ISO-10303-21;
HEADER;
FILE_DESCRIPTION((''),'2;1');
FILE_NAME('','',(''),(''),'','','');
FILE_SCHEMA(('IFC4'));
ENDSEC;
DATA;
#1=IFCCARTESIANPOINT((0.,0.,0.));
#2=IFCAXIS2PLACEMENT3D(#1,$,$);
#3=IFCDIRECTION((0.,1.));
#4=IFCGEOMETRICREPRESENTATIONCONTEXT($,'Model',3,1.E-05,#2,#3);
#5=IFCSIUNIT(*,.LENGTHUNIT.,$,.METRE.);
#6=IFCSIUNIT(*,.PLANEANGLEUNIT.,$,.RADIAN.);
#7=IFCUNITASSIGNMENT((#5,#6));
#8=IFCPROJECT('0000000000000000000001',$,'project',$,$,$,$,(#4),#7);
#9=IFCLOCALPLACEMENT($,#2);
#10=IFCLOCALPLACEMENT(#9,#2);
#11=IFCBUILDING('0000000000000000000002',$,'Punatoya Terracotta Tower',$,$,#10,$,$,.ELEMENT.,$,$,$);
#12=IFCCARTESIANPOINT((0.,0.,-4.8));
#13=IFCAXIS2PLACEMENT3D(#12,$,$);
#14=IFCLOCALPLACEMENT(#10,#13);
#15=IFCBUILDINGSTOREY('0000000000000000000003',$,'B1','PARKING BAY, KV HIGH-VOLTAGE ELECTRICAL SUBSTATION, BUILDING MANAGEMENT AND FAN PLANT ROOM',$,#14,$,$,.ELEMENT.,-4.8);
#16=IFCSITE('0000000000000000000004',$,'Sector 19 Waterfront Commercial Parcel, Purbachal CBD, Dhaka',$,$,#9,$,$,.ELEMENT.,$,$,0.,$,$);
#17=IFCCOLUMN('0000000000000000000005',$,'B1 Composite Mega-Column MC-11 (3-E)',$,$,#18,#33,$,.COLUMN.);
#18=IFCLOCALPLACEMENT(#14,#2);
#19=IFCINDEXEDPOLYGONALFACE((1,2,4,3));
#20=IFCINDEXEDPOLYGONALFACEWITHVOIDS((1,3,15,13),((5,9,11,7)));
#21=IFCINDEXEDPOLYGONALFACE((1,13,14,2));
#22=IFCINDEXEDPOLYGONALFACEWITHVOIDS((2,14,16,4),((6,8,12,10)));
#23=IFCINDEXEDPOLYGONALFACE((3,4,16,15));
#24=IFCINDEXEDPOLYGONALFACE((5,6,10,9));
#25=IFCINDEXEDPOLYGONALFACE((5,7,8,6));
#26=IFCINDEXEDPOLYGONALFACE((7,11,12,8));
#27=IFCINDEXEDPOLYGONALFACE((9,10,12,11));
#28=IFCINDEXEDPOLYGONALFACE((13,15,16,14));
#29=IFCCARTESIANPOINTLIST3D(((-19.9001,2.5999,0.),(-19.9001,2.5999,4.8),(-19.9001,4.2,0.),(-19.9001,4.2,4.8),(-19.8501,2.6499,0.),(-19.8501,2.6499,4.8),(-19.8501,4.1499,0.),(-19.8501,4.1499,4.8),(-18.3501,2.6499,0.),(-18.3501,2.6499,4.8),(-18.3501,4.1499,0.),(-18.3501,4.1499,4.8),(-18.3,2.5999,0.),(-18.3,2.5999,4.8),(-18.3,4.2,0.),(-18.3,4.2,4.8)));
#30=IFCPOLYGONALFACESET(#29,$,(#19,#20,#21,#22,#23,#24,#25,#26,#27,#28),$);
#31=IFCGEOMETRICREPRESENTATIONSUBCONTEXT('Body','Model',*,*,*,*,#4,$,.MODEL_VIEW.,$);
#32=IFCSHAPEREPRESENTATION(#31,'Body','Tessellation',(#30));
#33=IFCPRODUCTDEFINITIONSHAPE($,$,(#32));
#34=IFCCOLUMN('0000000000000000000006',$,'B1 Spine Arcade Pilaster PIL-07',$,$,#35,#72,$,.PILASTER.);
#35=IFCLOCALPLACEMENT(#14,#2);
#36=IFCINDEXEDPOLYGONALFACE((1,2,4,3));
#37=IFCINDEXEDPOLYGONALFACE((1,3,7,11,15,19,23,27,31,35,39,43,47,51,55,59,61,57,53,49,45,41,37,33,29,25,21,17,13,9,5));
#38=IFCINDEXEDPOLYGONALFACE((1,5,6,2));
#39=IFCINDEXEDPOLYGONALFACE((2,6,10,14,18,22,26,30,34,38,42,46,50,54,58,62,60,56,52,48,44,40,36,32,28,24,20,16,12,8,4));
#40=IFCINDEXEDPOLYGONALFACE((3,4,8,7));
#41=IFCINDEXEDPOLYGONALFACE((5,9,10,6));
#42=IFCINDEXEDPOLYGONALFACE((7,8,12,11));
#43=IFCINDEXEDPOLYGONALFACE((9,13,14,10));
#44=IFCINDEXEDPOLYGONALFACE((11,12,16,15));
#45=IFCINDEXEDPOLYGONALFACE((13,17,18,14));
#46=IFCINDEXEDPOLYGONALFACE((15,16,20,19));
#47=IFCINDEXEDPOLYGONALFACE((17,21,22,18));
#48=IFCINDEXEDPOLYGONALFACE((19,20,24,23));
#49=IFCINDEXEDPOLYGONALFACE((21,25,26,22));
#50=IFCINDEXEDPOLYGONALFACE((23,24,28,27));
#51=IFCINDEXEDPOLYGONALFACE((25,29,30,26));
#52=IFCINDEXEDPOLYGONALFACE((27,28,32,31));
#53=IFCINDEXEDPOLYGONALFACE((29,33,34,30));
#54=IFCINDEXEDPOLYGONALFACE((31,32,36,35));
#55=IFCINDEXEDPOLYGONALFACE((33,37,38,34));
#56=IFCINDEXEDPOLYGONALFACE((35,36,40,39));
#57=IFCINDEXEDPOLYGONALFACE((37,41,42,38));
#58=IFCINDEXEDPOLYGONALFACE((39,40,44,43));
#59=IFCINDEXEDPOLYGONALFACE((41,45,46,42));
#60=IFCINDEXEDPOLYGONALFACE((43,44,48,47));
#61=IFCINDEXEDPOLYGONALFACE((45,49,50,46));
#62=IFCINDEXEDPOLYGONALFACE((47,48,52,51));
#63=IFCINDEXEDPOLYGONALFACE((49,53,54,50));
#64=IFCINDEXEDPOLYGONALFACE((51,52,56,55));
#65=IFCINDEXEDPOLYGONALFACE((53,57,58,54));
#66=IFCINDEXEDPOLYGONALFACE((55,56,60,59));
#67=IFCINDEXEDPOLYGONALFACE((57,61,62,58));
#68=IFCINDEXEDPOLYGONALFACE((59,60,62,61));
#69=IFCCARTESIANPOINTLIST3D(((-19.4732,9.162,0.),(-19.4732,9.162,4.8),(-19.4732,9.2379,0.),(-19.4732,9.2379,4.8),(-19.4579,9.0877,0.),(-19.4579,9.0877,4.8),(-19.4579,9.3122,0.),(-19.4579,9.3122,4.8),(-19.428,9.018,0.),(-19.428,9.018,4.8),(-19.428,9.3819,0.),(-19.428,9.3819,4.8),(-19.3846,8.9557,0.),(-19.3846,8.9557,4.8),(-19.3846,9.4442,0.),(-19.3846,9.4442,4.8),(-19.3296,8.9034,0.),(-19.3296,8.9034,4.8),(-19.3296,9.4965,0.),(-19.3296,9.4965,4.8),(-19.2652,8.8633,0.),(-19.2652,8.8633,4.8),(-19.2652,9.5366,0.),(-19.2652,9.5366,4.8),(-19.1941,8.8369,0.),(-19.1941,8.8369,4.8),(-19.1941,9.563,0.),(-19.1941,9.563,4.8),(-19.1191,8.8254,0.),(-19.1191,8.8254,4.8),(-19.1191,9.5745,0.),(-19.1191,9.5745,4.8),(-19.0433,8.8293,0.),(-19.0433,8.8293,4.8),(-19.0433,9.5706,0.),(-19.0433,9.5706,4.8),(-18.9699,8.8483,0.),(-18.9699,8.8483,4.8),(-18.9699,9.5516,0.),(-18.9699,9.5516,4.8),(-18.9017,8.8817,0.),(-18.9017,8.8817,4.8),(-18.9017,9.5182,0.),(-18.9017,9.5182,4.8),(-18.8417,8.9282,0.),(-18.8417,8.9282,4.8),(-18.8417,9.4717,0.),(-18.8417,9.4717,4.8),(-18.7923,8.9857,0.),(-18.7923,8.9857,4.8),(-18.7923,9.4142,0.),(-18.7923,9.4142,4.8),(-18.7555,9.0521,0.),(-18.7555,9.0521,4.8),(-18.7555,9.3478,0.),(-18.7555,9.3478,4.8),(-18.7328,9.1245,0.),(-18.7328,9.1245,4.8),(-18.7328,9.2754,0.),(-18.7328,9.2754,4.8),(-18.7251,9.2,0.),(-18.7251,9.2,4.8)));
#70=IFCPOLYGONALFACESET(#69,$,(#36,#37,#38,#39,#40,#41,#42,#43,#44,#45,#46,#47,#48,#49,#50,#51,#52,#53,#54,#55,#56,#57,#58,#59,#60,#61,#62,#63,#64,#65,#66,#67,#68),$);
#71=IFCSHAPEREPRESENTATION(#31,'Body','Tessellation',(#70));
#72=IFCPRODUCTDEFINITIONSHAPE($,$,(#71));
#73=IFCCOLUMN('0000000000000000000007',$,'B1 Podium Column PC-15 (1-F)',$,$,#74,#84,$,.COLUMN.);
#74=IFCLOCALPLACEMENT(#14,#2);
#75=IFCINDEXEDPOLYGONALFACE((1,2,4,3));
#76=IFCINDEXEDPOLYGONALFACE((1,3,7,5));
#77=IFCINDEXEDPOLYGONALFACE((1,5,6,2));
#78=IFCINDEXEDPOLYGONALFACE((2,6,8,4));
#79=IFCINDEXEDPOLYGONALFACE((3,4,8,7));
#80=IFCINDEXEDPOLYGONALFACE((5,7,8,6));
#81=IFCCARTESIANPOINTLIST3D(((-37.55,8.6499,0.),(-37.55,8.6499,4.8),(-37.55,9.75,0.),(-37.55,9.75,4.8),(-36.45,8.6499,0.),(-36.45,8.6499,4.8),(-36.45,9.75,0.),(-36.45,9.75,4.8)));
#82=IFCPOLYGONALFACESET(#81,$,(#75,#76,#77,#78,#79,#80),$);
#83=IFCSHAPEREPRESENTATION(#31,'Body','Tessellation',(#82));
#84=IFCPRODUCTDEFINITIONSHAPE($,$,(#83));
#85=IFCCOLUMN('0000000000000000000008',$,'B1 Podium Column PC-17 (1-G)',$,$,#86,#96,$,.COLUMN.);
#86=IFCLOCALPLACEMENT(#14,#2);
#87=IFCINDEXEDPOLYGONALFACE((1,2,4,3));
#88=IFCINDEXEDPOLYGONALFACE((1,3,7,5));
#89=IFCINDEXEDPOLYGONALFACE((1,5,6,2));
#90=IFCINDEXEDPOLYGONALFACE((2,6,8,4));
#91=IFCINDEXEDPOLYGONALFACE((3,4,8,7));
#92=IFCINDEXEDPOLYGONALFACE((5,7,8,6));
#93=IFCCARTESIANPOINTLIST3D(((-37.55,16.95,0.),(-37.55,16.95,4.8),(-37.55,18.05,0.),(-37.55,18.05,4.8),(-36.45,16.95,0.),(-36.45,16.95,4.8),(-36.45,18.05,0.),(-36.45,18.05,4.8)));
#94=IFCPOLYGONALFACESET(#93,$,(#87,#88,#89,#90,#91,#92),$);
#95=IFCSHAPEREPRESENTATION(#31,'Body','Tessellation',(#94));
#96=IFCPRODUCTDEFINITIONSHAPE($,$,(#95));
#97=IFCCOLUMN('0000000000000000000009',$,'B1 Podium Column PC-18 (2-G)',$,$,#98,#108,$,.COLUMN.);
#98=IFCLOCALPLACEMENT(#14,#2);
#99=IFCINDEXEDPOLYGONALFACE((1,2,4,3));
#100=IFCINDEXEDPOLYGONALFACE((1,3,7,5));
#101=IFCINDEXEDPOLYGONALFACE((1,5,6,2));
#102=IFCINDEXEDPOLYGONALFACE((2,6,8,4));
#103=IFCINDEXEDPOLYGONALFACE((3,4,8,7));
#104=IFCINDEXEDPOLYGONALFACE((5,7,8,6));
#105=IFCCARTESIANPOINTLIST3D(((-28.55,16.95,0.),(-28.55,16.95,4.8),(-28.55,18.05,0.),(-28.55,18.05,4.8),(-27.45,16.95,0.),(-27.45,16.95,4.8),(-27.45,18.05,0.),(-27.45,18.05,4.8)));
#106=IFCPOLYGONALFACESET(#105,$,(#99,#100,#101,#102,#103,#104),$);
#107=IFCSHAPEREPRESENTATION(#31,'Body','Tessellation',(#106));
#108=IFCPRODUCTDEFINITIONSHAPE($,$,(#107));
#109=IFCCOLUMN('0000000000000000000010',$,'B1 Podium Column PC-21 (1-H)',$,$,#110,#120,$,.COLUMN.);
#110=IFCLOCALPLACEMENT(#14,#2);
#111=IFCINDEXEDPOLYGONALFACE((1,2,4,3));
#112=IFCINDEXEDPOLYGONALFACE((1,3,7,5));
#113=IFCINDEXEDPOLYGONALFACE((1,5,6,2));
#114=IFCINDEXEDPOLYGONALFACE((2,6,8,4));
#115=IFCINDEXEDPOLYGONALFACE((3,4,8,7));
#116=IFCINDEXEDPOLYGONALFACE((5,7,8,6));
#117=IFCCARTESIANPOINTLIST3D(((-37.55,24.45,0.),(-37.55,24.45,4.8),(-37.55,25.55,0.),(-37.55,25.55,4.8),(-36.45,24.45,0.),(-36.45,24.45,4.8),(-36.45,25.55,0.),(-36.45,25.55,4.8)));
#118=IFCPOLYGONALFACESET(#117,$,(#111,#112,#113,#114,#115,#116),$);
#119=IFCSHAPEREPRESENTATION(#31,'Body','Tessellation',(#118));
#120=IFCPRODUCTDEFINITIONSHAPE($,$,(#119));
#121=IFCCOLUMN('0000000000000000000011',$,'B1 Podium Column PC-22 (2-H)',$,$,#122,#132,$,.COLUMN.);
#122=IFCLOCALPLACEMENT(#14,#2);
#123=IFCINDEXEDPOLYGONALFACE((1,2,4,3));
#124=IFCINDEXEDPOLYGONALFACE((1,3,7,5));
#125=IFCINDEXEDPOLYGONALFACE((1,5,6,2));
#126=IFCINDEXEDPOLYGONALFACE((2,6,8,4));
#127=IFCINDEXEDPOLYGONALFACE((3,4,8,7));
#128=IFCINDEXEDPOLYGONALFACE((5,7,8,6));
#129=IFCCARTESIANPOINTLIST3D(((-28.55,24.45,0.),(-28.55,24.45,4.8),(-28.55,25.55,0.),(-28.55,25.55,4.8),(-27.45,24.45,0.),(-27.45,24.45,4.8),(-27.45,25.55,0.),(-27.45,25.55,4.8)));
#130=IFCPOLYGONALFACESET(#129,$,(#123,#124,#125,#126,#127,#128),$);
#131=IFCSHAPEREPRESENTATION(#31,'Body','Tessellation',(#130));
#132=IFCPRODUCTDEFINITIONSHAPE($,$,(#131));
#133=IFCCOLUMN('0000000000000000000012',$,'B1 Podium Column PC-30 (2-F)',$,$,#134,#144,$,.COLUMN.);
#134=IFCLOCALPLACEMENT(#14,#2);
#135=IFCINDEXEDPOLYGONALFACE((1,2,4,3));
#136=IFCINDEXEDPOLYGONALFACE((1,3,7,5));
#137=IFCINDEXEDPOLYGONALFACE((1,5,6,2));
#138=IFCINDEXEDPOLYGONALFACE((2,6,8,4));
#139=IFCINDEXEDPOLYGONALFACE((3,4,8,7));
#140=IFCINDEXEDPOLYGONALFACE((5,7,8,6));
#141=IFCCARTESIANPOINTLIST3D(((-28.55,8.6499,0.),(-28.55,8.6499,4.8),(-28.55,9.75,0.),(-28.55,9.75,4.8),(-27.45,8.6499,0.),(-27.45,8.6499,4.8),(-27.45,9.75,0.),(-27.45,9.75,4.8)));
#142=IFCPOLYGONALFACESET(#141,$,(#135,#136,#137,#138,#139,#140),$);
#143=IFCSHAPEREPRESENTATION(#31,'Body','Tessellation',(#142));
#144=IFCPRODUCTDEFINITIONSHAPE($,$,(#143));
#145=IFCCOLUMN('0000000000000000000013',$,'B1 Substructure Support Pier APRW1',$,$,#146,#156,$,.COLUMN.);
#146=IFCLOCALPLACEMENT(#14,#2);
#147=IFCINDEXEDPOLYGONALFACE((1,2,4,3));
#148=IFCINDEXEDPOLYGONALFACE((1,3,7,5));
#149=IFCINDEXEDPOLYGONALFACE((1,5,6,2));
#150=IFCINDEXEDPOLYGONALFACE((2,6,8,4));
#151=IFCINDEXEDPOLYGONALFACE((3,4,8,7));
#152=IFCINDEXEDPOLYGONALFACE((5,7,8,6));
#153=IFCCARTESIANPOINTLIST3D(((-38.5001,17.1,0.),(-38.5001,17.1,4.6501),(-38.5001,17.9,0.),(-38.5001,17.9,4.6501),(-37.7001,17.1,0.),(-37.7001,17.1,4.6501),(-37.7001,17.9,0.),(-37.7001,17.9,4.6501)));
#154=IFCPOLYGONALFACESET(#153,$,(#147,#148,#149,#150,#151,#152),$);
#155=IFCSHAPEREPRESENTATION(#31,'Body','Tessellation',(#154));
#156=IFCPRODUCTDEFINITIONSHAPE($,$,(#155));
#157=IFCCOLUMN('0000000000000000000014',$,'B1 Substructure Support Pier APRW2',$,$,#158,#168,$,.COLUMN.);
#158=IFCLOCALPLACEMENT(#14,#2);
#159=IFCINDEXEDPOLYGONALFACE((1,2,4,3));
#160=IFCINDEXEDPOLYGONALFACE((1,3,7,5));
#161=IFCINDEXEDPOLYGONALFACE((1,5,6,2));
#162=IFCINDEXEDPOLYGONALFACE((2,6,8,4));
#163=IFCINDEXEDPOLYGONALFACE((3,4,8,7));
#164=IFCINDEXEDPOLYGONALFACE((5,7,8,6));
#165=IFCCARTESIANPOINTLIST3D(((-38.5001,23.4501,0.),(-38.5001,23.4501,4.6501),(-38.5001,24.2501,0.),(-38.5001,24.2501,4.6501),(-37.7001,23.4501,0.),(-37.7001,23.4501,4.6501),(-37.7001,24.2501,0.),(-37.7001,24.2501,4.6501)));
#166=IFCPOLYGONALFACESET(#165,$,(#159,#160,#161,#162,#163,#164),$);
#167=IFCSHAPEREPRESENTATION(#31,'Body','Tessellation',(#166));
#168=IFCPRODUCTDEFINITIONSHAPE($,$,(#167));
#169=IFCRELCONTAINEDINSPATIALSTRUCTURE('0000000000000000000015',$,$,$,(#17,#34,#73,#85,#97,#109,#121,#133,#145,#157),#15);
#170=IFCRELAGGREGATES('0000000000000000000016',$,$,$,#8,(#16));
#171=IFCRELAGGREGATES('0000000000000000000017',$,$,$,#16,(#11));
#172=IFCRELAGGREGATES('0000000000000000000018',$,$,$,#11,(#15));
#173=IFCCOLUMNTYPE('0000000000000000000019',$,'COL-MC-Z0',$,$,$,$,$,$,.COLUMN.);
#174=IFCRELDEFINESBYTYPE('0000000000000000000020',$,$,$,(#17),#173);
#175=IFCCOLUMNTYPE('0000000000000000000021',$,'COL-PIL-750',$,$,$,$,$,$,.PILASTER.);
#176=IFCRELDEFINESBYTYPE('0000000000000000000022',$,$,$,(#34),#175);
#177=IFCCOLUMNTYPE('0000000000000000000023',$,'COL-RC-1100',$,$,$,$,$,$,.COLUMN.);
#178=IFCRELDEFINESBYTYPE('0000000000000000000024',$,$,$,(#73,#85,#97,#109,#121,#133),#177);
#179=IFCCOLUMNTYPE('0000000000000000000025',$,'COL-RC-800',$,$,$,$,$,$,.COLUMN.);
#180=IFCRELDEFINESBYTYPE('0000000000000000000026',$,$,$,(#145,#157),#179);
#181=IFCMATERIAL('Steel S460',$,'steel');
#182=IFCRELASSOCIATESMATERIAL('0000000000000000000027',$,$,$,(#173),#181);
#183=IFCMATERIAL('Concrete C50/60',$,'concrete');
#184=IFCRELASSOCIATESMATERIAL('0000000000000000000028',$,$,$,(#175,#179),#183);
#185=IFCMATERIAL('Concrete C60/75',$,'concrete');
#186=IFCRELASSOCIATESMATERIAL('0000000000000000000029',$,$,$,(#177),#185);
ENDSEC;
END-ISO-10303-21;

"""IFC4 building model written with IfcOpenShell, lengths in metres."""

from ifc_helpers import new_model, si_unit, direction, frame, origin, origin_2d, place, context, subcontext, project, spatial, rectangle, hollow_rectangle, circle, extrude, material, material_profile, profile_set, type_object, element, save


model = new_model("IFC4")

# Units and contexts
model_context = context("Model", 3, precision=1e-05, world=origin(), true_north=direction((0.0, 1.0)))
body_context = subcontext(model_context, "Body", "Model", "MODEL_VIEW")
ifc_project = project(units=[si_unit("LENGTHUNIT", "METRE"), si_unit("PLANEANGLEUNIT", "RADIAN")], contexts=[model_context])

# Site, building, storey
site_placement = place(None, origin())
site = spatial("IfcSite", under=ifc_project, at=site_placement, Name="Sector 19 Waterfront Commercial Parcel, Purbachal CBD, Dhaka", CompositionType="ELEMENT", RefElevation=0.0)
building_placement = place(site_placement, origin())
building = spatial("IfcBuilding", under=site, at=building_placement, Name="Punatoya Terracotta Tower", CompositionType="ELEMENT")
storey_placement = place(building_placement, frame((0.0, 0.0, -4.8)))
storey = spatial("IfcBuildingStorey", under=building, at=storey_placement, Name="B1", Description="PARKING BAY, KV HIGH-VOLTAGE ELECTRICAL SUBSTATION, BUILDING MANAGEMENT AND FAN PLANT ROOM", CompositionType="ELEMENT", Elevation=-4.8)

# Columns
ifc_material_1 = material(Name="Steel S460", Category="steel")
ifc_material_profile_1 = material_profile(ifc_material_1, hollow_rectangle(XDim=1.6001, YDim=1.6001, WallThickness=0.05, at=origin_2d()))
ifc_profile_set_1 = profile_set([ifc_material_profile_1], Name="Steel S460")
column_type_1 = type_object("IfcColumnType", Name="COL-MC-Z0", PredefinedType="COLUMN", material=ifc_profile_set_1)
column_1_placement = place(storey_placement, frame((-19.1001, 3.3999, 0.0), z_axis=(0.0, 0.0, 1.0), x_axis=(1.0, 0.0, 0.0)))
element("IfcColumn", 1, at=column_1_placement, inside=storey, type_object=column_type_1, Name="B1 Composite Mega-Column MC-11 (3-E)", PredefinedType="COLUMN", context=body_context, shape_type="SweptSolid", body=[
    extrude(hollow_rectangle(XDim=1.6001, YDim=1.6001, WallThickness=0.05, at=origin_2d()), origin(), (0.0, 0.0, 1.0), 4.8),
])
ifc_material_2 = material(Name="Concrete C50/60", Category="concrete")
ifc_material_profile_2 = material_profile(ifc_material_2, circle(Radius=0.375, at=origin_2d()))
ifc_profile_set_2 = profile_set([ifc_material_profile_2], Name="Concrete C50/60")
column_type_2 = type_object("IfcColumnType", Name="COL-PIL-750", PredefinedType="PILASTER", material=ifc_profile_set_2)
column_2_placement = place(storey_placement, frame((-19.1001, 9.2, 0.0), z_axis=(0.0, 0.0, 1.0), x_axis=(1.0, 0.0, 0.0)))
element("IfcColumn", 2, at=column_2_placement, inside=storey, type_object=column_type_2, Name="B1 Spine Arcade Pilaster PIL-07", PredefinedType="PILASTER", context=body_context, shape_type="SweptSolid", body=[
    extrude(circle(Radius=0.375, at=origin_2d()), origin(), (0.0, 0.0, 1.0), 4.8),
])
ifc_material_3 = material(Name="Concrete C60/75", Category="concrete")
ifc_material_profile_3 = material_profile(ifc_material_3, rectangle(XDim=1.1001, YDim=1.1001, at=origin_2d()))
ifc_profile_set_3 = profile_set([ifc_material_profile_3], Name="Concrete C60/75")
column_type_3 = type_object("IfcColumnType", Name="COL-RC-1100", PredefinedType="COLUMN", material=ifc_profile_set_3)
for number, where, z_axis, x_axis, name in (
    (3, (-37.0, 9.2, 0.0), (0.0, 0.0, 1.0), (1.0, 0.0, 0.0), "B1 Podium Column PC-15 (1-F)"),
    (4, (-37.0, 17.5, 0.0), (0.0, 0.0, 1.0), (1.0, 0.0, 0.0), "B1 Podium Column PC-17 (1-G)"),
    (5, (-28.0, 17.5, 0.0), (0.0, 0.0, 1.0), (1.0, 0.0, 0.0), "B1 Podium Column PC-18 (2-G)"),
    (6, (-37.0, 25.0, 0.0), (0.0, 0.0, 1.0), (1.0, 0.0, 0.0), "B1 Podium Column PC-21 (1-H)"),
    (7, (-28.0, 25.0, 0.0), (0.0, 0.0, 1.0), (1.0, 0.0, 0.0), "B1 Podium Column PC-22 (2-H)"),
    (8, (-28.0, 9.2, 0.0), (0.0, 0.0, 1.0), (1.0, 0.0, 0.0), "B1 Podium Column PC-30 (2-F)"),
):
    element("IfcColumn", number, at=place(storey_placement, frame(where, z_axis=z_axis, x_axis=x_axis)), inside=storey, type_object=column_type_3, Name=name, PredefinedType="COLUMN", context=body_context, shape_type="SweptSolid", body=[
        extrude(rectangle(XDim=1.1001, YDim=1.1001, at=origin_2d()), origin(), (0.0, 0.0, 1.0), 4.8),
    ])
ifc_material_profile_4 = material_profile(ifc_material_2, rectangle(XDim=0.8, YDim=0.8, at=origin_2d()))
ifc_profile_set_4 = profile_set([ifc_material_profile_4], Name="Concrete C50/60")
column_type_4 = type_object("IfcColumnType", Name="COL-RC-800", PredefinedType="COLUMN", material=ifc_profile_set_4)
for number, where, z_axis, x_axis, name in (
    (9, (-38.1001, 17.5, 0.0), (0.0, 0.0, 1.0), (1.0, 0.0, 0.0), "B1 Substructure Support Pier APRW1"),
    (10, (-38.1001, 23.8501, 0.0), (0.0, 0.0, 1.0), (1.0, 0.0, 0.0), "B1 Substructure Support Pier APRW2"),
):
    element("IfcColumn", number, at=place(storey_placement, frame(where, z_axis=z_axis, x_axis=x_axis)), inside=storey, type_object=column_type_4, Name=name, PredefinedType="COLUMN", context=body_context, shape_type="SweptSolid", body=[
        extrude(rectangle(XDim=0.8, YDim=0.8, at=origin_2d()), origin(), (0.0, 0.0, 1.0), 4.6501),
    ])

save(model, "model.ifc")
